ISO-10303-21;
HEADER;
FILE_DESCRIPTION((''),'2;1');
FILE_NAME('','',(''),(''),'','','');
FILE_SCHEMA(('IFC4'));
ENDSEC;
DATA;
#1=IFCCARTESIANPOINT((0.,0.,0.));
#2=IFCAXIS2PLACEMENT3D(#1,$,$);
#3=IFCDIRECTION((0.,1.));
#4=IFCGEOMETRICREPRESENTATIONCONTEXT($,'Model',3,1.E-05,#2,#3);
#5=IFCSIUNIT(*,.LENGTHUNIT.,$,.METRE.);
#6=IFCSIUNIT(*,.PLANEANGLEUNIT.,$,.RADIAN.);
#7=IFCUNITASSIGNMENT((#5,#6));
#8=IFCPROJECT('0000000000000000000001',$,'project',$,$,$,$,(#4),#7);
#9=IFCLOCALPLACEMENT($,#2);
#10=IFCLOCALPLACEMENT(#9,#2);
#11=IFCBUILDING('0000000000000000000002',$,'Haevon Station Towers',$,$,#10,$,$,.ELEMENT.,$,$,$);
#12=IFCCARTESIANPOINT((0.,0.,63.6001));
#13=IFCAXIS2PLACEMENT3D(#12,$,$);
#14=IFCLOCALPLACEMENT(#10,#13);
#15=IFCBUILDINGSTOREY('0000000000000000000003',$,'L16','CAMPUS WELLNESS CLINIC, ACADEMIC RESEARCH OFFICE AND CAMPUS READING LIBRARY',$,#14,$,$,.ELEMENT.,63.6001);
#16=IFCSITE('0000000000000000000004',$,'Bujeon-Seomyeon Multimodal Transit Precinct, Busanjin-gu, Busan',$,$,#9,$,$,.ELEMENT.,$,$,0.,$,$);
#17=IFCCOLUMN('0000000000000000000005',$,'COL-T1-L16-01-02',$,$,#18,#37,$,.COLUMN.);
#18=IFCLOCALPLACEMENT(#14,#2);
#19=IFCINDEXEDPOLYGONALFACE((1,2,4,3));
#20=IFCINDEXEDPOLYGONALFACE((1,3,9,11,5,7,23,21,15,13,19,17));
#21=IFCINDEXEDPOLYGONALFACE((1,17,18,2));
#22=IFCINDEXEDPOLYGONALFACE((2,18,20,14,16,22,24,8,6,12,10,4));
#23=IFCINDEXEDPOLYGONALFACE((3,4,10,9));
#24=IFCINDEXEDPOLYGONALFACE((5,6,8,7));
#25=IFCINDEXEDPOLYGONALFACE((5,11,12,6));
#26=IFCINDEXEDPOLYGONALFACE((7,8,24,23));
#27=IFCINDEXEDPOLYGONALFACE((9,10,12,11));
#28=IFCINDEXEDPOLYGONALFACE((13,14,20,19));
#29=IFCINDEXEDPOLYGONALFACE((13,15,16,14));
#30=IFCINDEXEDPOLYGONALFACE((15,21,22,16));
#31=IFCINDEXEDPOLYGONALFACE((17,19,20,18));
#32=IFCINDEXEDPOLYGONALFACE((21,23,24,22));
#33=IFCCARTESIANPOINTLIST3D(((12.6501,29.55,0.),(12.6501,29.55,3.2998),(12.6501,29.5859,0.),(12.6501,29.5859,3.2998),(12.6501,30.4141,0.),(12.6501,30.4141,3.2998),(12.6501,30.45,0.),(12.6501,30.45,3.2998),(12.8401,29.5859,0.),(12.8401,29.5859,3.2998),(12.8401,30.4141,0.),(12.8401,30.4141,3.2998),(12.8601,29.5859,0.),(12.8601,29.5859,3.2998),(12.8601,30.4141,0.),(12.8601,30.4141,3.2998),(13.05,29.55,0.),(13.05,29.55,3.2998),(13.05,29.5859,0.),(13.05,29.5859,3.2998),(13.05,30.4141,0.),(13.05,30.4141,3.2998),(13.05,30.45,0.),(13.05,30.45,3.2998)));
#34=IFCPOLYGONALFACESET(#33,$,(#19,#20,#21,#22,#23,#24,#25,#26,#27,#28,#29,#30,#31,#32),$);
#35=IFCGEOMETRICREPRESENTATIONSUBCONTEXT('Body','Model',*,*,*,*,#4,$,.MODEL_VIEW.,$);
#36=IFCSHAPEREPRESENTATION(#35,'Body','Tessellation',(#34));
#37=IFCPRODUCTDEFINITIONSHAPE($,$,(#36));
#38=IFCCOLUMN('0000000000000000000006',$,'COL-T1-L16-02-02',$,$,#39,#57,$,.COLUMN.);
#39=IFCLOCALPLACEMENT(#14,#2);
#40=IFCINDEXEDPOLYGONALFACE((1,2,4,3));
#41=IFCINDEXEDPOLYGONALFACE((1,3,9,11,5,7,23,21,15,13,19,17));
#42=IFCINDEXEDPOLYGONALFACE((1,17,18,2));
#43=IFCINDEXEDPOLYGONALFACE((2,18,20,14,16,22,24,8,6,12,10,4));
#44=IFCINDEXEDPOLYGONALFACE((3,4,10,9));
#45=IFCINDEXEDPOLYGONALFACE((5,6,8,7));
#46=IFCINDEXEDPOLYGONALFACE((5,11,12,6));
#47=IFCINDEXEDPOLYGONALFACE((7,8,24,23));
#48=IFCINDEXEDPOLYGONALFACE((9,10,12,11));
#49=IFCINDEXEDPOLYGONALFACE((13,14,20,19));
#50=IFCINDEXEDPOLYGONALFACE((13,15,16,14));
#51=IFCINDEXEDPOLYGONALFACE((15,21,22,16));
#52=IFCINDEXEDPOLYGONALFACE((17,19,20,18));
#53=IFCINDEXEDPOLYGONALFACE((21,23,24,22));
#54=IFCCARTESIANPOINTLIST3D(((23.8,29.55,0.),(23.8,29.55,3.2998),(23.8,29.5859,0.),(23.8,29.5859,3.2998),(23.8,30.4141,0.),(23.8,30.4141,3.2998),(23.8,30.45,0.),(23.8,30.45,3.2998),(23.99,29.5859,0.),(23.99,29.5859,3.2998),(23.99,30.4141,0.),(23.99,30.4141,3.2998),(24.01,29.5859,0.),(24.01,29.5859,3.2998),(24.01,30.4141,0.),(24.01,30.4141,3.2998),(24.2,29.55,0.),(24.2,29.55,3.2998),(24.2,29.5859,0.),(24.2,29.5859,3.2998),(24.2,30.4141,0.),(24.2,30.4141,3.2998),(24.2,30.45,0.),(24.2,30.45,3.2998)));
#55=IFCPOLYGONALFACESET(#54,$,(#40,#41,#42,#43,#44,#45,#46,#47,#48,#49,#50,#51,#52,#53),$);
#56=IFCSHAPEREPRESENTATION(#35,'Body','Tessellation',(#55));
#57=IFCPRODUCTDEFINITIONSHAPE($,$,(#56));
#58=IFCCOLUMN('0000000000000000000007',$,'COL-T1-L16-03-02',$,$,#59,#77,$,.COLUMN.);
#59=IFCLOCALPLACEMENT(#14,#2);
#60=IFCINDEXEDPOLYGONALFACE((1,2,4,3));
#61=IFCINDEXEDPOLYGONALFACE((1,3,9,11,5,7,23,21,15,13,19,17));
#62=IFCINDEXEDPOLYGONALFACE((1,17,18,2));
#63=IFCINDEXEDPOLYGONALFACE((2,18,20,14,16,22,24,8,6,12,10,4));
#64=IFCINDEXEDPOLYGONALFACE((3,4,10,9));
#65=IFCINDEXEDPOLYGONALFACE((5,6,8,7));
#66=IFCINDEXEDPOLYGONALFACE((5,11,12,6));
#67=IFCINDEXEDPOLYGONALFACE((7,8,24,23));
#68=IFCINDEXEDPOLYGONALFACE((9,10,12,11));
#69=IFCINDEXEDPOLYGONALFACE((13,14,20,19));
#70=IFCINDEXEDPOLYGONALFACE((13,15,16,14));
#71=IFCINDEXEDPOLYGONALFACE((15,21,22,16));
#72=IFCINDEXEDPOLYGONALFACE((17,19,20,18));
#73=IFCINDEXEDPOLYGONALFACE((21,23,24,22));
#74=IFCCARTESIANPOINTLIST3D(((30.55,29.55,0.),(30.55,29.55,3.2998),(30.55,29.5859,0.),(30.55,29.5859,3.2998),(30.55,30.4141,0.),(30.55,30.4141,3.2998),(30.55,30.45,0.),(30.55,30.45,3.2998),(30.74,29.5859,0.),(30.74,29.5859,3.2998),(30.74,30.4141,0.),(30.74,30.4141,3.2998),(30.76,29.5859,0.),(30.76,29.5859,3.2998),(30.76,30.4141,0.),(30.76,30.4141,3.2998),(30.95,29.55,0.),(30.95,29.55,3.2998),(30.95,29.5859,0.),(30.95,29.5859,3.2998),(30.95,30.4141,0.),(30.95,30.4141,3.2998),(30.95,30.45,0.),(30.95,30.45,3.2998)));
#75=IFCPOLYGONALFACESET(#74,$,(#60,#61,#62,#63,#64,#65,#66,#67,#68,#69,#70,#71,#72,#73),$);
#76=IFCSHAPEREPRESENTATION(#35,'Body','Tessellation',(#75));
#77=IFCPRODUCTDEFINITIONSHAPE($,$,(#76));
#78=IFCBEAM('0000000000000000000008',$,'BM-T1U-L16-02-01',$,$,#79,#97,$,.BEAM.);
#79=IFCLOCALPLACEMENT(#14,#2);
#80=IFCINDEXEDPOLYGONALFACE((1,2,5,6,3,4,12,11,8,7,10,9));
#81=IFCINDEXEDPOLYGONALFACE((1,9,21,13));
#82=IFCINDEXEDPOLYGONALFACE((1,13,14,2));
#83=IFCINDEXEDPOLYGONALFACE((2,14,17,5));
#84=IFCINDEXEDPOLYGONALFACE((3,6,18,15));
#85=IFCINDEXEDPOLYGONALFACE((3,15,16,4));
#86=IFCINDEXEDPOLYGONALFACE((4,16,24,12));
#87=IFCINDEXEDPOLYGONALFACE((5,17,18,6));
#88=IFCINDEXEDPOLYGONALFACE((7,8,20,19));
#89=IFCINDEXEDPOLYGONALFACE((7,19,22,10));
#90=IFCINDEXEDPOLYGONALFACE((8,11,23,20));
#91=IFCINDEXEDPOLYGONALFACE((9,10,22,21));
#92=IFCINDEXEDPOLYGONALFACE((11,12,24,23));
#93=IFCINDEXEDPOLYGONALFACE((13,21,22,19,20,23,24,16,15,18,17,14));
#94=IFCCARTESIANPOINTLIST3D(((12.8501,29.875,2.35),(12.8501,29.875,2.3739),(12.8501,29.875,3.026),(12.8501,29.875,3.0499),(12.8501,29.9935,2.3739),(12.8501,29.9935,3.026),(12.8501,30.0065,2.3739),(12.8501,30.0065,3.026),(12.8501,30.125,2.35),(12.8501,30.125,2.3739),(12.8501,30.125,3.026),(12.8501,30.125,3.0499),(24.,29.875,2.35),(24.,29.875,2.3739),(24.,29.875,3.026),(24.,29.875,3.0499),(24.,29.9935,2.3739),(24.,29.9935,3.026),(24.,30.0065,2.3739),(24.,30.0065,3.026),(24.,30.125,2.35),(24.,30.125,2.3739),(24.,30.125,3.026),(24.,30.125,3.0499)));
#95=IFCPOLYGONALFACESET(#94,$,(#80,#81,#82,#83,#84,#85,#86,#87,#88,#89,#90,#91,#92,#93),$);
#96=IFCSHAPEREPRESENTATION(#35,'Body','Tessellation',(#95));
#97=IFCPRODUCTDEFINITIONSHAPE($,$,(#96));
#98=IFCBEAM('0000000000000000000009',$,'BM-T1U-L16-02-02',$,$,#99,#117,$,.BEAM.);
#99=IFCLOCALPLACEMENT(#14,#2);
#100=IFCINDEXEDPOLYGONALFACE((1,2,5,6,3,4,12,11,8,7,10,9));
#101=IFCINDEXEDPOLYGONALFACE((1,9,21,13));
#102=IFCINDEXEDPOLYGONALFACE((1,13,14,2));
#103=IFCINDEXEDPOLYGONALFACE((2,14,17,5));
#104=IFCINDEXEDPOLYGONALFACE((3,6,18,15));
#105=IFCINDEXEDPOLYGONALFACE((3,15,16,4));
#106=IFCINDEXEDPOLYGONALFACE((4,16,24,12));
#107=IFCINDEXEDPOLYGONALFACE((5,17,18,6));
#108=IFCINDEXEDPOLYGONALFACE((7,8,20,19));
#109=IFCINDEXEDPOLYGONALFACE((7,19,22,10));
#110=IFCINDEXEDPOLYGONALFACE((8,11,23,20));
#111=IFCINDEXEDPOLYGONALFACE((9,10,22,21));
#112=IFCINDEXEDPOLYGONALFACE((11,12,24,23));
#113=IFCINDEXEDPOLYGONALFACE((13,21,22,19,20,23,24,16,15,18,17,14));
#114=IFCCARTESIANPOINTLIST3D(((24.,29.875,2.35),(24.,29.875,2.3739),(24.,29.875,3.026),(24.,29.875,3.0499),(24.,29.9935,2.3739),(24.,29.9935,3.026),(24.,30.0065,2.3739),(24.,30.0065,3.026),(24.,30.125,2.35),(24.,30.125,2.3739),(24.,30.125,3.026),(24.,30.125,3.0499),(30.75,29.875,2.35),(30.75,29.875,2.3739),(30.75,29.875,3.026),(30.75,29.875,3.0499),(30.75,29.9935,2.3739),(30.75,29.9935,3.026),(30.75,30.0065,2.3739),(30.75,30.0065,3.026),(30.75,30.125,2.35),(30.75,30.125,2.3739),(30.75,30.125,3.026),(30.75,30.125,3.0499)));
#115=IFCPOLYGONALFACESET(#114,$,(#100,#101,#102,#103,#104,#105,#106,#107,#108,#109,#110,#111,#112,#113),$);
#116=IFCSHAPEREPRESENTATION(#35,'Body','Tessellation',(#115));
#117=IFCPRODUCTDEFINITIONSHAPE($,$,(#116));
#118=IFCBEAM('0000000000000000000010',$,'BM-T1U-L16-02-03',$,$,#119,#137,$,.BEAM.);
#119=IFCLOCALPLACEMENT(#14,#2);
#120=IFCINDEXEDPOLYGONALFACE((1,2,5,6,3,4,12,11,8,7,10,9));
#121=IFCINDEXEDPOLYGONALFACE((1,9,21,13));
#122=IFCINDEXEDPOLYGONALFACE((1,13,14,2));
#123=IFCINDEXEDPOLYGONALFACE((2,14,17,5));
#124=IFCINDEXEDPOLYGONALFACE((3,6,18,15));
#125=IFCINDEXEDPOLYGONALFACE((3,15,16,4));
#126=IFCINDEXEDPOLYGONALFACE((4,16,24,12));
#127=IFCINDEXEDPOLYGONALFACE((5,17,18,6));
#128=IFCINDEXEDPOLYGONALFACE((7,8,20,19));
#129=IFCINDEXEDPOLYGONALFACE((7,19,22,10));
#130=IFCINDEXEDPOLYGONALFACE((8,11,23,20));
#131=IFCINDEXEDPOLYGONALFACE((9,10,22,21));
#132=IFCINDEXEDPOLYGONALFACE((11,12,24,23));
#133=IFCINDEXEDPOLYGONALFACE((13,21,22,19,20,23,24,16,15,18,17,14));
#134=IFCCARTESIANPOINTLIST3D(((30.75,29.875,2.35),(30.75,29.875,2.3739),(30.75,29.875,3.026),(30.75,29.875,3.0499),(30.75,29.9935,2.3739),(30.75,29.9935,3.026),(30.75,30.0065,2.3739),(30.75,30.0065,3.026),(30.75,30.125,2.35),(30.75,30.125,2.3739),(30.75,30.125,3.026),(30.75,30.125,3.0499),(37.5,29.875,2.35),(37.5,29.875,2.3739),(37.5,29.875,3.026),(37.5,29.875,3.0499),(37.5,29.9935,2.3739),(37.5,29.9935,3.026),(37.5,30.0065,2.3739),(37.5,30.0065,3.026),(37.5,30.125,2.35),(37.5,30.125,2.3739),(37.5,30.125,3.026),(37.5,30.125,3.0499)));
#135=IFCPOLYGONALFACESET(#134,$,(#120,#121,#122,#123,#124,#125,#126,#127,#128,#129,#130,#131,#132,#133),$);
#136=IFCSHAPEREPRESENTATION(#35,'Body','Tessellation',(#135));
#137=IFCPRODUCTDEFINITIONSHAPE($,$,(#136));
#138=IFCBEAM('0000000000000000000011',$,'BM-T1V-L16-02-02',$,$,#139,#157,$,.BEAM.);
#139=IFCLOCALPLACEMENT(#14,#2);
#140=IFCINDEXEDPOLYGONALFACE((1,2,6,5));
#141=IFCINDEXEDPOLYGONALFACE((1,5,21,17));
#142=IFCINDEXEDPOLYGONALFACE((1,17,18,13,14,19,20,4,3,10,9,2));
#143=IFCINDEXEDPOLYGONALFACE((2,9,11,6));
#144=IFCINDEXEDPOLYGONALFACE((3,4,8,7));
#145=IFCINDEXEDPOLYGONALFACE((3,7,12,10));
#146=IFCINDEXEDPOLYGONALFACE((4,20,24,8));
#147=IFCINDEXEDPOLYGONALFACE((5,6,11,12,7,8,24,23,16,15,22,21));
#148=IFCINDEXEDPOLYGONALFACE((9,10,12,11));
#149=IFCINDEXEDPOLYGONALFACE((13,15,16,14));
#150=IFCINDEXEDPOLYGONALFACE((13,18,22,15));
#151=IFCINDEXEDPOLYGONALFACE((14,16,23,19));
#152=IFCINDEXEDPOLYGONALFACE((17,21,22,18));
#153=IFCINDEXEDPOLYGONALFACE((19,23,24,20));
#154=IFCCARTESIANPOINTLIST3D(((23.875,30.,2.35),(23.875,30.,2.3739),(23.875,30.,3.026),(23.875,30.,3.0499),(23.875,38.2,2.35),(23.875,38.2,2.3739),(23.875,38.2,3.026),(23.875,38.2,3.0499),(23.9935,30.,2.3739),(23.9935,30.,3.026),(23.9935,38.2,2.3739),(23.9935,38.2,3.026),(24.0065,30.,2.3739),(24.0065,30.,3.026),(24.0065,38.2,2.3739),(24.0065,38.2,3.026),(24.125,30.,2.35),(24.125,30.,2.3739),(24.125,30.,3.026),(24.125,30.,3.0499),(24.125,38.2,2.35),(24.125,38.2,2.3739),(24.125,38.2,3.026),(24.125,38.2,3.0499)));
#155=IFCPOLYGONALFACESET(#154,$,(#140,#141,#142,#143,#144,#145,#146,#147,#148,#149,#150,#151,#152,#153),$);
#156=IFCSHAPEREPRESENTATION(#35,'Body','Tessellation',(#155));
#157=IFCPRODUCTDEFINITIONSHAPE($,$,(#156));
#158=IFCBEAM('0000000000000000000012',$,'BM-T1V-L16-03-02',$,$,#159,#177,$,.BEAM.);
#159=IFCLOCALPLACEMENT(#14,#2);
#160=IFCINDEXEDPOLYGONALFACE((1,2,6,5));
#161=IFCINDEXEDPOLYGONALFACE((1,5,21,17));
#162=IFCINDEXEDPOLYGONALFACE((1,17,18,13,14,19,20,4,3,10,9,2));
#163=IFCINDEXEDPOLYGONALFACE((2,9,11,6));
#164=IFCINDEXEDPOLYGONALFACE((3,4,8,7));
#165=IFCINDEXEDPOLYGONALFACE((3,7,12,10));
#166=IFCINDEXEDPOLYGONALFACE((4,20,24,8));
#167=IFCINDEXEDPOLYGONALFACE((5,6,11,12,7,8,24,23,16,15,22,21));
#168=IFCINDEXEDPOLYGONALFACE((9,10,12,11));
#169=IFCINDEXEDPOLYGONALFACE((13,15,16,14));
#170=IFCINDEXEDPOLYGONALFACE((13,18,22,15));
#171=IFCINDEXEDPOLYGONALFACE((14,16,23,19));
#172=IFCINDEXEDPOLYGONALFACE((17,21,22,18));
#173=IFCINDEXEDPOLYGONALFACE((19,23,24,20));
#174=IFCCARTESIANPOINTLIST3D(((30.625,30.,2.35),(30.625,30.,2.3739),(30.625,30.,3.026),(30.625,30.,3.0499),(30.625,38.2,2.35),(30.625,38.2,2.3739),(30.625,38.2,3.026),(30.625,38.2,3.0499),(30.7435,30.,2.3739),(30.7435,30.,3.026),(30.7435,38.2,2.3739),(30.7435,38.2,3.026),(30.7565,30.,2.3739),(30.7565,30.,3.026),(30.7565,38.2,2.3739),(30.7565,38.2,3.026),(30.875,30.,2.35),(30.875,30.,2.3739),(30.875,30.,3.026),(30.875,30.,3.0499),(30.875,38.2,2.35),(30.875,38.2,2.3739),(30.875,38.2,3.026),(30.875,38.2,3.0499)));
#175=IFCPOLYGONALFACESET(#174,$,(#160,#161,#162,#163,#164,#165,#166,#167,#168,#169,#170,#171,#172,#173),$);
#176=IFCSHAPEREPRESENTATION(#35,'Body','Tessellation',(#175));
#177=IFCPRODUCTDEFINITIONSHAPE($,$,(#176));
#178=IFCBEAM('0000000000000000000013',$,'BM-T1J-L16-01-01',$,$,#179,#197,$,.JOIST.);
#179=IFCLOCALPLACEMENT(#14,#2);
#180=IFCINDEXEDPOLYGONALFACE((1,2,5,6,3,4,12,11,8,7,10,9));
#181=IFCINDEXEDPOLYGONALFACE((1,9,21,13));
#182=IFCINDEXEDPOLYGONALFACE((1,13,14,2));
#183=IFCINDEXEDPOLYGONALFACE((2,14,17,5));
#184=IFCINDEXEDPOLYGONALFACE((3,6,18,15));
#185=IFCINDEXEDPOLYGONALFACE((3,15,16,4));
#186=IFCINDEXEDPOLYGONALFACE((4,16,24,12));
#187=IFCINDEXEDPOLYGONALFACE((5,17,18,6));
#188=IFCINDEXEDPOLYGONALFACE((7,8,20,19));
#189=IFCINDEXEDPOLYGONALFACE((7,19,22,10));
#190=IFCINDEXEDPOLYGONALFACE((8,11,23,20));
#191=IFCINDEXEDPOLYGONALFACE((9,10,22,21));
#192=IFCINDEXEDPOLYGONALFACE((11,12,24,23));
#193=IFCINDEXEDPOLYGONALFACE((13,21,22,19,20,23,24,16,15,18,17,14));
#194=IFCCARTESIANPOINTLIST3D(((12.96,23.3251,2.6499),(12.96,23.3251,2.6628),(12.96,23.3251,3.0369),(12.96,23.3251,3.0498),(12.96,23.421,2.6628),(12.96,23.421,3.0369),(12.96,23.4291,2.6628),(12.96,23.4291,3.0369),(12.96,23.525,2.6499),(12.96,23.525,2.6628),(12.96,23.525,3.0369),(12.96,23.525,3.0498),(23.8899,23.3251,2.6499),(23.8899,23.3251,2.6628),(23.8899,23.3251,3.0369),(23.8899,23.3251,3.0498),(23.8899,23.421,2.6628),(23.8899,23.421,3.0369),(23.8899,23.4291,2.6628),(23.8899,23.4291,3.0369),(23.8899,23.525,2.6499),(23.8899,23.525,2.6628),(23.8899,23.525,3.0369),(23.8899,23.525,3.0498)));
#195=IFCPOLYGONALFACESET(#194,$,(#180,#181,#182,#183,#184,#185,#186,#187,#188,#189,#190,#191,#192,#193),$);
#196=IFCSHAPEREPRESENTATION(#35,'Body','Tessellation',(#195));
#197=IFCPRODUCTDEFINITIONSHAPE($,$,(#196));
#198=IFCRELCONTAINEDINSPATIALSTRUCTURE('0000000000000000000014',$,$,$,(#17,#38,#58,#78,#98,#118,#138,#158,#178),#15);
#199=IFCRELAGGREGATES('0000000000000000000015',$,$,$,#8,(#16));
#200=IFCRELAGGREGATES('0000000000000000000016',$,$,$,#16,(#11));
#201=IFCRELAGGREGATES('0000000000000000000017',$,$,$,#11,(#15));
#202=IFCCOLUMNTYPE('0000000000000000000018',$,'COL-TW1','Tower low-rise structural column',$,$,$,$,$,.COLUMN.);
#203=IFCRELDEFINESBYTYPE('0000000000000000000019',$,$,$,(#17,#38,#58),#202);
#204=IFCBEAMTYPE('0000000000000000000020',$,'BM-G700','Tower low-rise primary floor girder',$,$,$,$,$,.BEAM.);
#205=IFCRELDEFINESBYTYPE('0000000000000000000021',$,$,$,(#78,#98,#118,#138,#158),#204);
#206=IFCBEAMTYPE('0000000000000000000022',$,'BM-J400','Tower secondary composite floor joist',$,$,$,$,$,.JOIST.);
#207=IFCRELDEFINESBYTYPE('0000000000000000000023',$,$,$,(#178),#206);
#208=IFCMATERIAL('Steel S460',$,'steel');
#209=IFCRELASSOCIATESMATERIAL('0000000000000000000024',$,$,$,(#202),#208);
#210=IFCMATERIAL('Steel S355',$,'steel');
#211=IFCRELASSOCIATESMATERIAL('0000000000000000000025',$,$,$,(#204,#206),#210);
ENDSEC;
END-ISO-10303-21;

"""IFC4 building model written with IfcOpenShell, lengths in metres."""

from ifc_helpers import new_model, si_unit, direction, frame, origin, origin_2d, place, context, subcontext, project, spatial, i_section, extrude, material, material_profile, profile_set, type_object, element, save


model = new_model("IFC4")

# Units and contexts
model_context = context("Model", 3, precision=1e-05, world=origin(), true_north=direction((0.0, 1.0)))
body_context = subcontext(model_context, "Body", "Model", "MODEL_VIEW")
ifc_project = project(units=[si_unit("LENGTHUNIT", "METRE"), si_unit("PLANEANGLEUNIT", "RADIAN")], contexts=[model_context])

# Site, building, storey
site_placement = place(None, origin())
site = spatial("IfcSite", under=ifc_project, at=site_placement, Name="Bujeon-Seomyeon Multimodal Transit Precinct, Busanjin-gu, Busan", CompositionType="ELEMENT", RefElevation=0.0)
building_placement = place(site_placement, origin())
building = spatial("IfcBuilding", under=site, at=building_placement, Name="Haevon Station Towers", CompositionType="ELEMENT")
storey_placement = place(building_placement, frame((0.0, 0.0, 63.6001)))
storey = spatial("IfcBuildingStorey", under=building, at=storey_placement, Name="L16", Description="CAMPUS WELLNESS CLINIC, ACADEMIC RESEARCH OFFICE AND CAMPUS READING LIBRARY", CompositionType="ELEMENT", Elevation=63.6001)

# Columns
ifc_material_1 = material(Name="Steel S460", Category="steel")
ifc_material_profile_1 = material_profile(ifc_material_1, i_section(OverallWidth=0.3999, OverallDepth=0.8999, WebThickness=0.02, FlangeThickness=0.0359, at=origin_2d()), Name="H-900x400x20x36")
ifc_profile_set_1 = profile_set([ifc_material_profile_1], Name="Steel S460")
column_type = type_object("IfcColumnType", Name="COL-TW1", Description="Tower low-rise structural column", PredefinedType="COLUMN", material=ifc_profile_set_1)
for number, where, z_axis, x_axis, name in (
    (1, (12.8501, 30.0, 0.0), (0.0, 0.0, 1.0), (1.0, 0.0, 0.0), "COL-T1-L16-01-02"),
    (2, (24.0, 30.0, 0.0), (0.0, 0.0, 1.0), (1.0, 0.0, 0.0), "COL-T1-L16-02-02"),
    (3, (30.75, 30.0, 0.0), (0.0, 0.0, 1.0), (1.0, 0.0, 0.0), "COL-T1-L16-03-02"),
):
    element("IfcColumn", number, at=place(storey_placement, frame(where, z_axis=z_axis, x_axis=x_axis)), inside=storey, type_object=column_type, Name=name, PredefinedType="COLUMN", context=body_context, shape_type="SweptSolid", body=[
        extrude(i_section(OverallWidth=0.3999, OverallDepth=0.8999, WebThickness=0.02, FlangeThickness=0.0359, at=origin_2d()), origin(), (0.0, 0.0, 1.0), 3.2998),
    ])

# Beams
ifc_material_2 = material(Name="Steel S355", Category="steel")
ifc_material_profile_2 = material_profile(ifc_material_2, i_section(OverallWidth=0.25, OverallDepth=0.7, WebThickness=0.0129, FlangeThickness=0.0239, at=origin_2d()), Name="H-700x250x13x24")
ifc_profile_set_2 = profile_set([ifc_material_profile_2], Name="Steel S355")
beam_type_1 = type_object("IfcBeamType", Name="BM-G700", Description="Tower low-rise primary floor girder", PredefinedType="BEAM", material=ifc_profile_set_2)
beam_1_placement = place(storey_placement, frame((12.8501, 30.0, 2.7), z_axis=(1.0, 0.0, 0.0), x_axis=(0.0, 1.0, 0.0)))
element("IfcBeam", 4, at=beam_1_placement, inside=storey, type_object=beam_type_1, Name="BM-T1U-L16-02-01", PredefinedType="BEAM", context=body_context, shape_type="SweptSolid", body=[
    extrude(i_section(OverallWidth=0.25, OverallDepth=0.7, WebThickness=0.0129, FlangeThickness=0.0239, at=origin_2d()), origin(), (0.0, 0.0, 1.0), 11.1499),
])
for number, where, z_axis, x_axis, name in (
    (5, (24.0, 30.0, 2.7), (1.0, 0.0, 0.0), (0.0, 1.0, 0.0), "BM-T1U-L16-02-02"),
    (6, (30.75, 30.0, 2.7), (1.0, 0.0, 0.0), (0.0, 1.0, 0.0), "BM-T1U-L16-02-03"),
):
    element("IfcBeam", number, at=place(storey_placement, frame(where, z_axis=z_axis, x_axis=x_axis)), inside=storey, type_object=beam_type_1, Name=name, PredefinedType="BEAM", context=body_context, shape_type="SweptSolid", body=[
        extrude(i_section(OverallWidth=0.25, OverallDepth=0.7, WebThickness=0.0129, FlangeThickness=0.0239, at=origin_2d()), origin(), (0.0, 0.0, 1.0), 6.75),
    ])
for number, where, z_axis, x_axis, name in (
    (7, (24.0, 30.0, 2.7), (0.0, 1.0, 0.0), (-1.0, 0.0, 0.0), "BM-T1V-L16-02-02"),
    (8, (30.75, 30.0, 2.7), (0.0, 1.0, 0.0), (-1.0, 0.0, 0.0), "BM-T1V-L16-03-02"),
):
    element("IfcBeam", number, at=place(storey_placement, frame(where, z_axis=z_axis, x_axis=x_axis)), inside=storey, type_object=beam_type_1, Name=name, PredefinedType="BEAM", context=body_context, shape_type="SweptSolid", body=[
        extrude(i_section(OverallWidth=0.25, OverallDepth=0.7, WebThickness=0.0129, FlangeThickness=0.0239, at=origin_2d()), origin(), (0.0, 0.0, 1.0), 8.2),
    ])
ifc_material_profile_3 = material_profile(ifc_material_2, i_section(OverallWidth=0.2, OverallDepth=0.3999, WebThickness=0.0081, FlangeThickness=0.0129, at=origin_2d()), Name="H-400x200x8x13")
ifc_profile_set_3 = profile_set([ifc_material_profile_3], Name="Steel S355")
beam_type_2 = type_object("IfcBeamType", Name="BM-J400", Description="Tower secondary composite floor joist", PredefinedType="JOIST", material=ifc_profile_set_3)
beam_2_placement = place(storey_placement, frame((12.96, 23.425, 2.8499), z_axis=(1.0, 0.0, 0.0), x_axis=(0.0, 1.0, 0.0)))
element("IfcBeam", 9, at=beam_2_placement, inside=storey, type_object=beam_type_2, Name="BM-T1J-L16-01-01", PredefinedType="JOIST", context=body_context, shape_type="SweptSolid", body=[
    extrude(i_section(OverallWidth=0.2, OverallDepth=0.3999, WebThickness=0.0081, FlangeThickness=0.0129, at=origin_2d()), origin(), (0.0, 0.0, 1.0), 10.9299),
])

save(model, "model.ifc")
